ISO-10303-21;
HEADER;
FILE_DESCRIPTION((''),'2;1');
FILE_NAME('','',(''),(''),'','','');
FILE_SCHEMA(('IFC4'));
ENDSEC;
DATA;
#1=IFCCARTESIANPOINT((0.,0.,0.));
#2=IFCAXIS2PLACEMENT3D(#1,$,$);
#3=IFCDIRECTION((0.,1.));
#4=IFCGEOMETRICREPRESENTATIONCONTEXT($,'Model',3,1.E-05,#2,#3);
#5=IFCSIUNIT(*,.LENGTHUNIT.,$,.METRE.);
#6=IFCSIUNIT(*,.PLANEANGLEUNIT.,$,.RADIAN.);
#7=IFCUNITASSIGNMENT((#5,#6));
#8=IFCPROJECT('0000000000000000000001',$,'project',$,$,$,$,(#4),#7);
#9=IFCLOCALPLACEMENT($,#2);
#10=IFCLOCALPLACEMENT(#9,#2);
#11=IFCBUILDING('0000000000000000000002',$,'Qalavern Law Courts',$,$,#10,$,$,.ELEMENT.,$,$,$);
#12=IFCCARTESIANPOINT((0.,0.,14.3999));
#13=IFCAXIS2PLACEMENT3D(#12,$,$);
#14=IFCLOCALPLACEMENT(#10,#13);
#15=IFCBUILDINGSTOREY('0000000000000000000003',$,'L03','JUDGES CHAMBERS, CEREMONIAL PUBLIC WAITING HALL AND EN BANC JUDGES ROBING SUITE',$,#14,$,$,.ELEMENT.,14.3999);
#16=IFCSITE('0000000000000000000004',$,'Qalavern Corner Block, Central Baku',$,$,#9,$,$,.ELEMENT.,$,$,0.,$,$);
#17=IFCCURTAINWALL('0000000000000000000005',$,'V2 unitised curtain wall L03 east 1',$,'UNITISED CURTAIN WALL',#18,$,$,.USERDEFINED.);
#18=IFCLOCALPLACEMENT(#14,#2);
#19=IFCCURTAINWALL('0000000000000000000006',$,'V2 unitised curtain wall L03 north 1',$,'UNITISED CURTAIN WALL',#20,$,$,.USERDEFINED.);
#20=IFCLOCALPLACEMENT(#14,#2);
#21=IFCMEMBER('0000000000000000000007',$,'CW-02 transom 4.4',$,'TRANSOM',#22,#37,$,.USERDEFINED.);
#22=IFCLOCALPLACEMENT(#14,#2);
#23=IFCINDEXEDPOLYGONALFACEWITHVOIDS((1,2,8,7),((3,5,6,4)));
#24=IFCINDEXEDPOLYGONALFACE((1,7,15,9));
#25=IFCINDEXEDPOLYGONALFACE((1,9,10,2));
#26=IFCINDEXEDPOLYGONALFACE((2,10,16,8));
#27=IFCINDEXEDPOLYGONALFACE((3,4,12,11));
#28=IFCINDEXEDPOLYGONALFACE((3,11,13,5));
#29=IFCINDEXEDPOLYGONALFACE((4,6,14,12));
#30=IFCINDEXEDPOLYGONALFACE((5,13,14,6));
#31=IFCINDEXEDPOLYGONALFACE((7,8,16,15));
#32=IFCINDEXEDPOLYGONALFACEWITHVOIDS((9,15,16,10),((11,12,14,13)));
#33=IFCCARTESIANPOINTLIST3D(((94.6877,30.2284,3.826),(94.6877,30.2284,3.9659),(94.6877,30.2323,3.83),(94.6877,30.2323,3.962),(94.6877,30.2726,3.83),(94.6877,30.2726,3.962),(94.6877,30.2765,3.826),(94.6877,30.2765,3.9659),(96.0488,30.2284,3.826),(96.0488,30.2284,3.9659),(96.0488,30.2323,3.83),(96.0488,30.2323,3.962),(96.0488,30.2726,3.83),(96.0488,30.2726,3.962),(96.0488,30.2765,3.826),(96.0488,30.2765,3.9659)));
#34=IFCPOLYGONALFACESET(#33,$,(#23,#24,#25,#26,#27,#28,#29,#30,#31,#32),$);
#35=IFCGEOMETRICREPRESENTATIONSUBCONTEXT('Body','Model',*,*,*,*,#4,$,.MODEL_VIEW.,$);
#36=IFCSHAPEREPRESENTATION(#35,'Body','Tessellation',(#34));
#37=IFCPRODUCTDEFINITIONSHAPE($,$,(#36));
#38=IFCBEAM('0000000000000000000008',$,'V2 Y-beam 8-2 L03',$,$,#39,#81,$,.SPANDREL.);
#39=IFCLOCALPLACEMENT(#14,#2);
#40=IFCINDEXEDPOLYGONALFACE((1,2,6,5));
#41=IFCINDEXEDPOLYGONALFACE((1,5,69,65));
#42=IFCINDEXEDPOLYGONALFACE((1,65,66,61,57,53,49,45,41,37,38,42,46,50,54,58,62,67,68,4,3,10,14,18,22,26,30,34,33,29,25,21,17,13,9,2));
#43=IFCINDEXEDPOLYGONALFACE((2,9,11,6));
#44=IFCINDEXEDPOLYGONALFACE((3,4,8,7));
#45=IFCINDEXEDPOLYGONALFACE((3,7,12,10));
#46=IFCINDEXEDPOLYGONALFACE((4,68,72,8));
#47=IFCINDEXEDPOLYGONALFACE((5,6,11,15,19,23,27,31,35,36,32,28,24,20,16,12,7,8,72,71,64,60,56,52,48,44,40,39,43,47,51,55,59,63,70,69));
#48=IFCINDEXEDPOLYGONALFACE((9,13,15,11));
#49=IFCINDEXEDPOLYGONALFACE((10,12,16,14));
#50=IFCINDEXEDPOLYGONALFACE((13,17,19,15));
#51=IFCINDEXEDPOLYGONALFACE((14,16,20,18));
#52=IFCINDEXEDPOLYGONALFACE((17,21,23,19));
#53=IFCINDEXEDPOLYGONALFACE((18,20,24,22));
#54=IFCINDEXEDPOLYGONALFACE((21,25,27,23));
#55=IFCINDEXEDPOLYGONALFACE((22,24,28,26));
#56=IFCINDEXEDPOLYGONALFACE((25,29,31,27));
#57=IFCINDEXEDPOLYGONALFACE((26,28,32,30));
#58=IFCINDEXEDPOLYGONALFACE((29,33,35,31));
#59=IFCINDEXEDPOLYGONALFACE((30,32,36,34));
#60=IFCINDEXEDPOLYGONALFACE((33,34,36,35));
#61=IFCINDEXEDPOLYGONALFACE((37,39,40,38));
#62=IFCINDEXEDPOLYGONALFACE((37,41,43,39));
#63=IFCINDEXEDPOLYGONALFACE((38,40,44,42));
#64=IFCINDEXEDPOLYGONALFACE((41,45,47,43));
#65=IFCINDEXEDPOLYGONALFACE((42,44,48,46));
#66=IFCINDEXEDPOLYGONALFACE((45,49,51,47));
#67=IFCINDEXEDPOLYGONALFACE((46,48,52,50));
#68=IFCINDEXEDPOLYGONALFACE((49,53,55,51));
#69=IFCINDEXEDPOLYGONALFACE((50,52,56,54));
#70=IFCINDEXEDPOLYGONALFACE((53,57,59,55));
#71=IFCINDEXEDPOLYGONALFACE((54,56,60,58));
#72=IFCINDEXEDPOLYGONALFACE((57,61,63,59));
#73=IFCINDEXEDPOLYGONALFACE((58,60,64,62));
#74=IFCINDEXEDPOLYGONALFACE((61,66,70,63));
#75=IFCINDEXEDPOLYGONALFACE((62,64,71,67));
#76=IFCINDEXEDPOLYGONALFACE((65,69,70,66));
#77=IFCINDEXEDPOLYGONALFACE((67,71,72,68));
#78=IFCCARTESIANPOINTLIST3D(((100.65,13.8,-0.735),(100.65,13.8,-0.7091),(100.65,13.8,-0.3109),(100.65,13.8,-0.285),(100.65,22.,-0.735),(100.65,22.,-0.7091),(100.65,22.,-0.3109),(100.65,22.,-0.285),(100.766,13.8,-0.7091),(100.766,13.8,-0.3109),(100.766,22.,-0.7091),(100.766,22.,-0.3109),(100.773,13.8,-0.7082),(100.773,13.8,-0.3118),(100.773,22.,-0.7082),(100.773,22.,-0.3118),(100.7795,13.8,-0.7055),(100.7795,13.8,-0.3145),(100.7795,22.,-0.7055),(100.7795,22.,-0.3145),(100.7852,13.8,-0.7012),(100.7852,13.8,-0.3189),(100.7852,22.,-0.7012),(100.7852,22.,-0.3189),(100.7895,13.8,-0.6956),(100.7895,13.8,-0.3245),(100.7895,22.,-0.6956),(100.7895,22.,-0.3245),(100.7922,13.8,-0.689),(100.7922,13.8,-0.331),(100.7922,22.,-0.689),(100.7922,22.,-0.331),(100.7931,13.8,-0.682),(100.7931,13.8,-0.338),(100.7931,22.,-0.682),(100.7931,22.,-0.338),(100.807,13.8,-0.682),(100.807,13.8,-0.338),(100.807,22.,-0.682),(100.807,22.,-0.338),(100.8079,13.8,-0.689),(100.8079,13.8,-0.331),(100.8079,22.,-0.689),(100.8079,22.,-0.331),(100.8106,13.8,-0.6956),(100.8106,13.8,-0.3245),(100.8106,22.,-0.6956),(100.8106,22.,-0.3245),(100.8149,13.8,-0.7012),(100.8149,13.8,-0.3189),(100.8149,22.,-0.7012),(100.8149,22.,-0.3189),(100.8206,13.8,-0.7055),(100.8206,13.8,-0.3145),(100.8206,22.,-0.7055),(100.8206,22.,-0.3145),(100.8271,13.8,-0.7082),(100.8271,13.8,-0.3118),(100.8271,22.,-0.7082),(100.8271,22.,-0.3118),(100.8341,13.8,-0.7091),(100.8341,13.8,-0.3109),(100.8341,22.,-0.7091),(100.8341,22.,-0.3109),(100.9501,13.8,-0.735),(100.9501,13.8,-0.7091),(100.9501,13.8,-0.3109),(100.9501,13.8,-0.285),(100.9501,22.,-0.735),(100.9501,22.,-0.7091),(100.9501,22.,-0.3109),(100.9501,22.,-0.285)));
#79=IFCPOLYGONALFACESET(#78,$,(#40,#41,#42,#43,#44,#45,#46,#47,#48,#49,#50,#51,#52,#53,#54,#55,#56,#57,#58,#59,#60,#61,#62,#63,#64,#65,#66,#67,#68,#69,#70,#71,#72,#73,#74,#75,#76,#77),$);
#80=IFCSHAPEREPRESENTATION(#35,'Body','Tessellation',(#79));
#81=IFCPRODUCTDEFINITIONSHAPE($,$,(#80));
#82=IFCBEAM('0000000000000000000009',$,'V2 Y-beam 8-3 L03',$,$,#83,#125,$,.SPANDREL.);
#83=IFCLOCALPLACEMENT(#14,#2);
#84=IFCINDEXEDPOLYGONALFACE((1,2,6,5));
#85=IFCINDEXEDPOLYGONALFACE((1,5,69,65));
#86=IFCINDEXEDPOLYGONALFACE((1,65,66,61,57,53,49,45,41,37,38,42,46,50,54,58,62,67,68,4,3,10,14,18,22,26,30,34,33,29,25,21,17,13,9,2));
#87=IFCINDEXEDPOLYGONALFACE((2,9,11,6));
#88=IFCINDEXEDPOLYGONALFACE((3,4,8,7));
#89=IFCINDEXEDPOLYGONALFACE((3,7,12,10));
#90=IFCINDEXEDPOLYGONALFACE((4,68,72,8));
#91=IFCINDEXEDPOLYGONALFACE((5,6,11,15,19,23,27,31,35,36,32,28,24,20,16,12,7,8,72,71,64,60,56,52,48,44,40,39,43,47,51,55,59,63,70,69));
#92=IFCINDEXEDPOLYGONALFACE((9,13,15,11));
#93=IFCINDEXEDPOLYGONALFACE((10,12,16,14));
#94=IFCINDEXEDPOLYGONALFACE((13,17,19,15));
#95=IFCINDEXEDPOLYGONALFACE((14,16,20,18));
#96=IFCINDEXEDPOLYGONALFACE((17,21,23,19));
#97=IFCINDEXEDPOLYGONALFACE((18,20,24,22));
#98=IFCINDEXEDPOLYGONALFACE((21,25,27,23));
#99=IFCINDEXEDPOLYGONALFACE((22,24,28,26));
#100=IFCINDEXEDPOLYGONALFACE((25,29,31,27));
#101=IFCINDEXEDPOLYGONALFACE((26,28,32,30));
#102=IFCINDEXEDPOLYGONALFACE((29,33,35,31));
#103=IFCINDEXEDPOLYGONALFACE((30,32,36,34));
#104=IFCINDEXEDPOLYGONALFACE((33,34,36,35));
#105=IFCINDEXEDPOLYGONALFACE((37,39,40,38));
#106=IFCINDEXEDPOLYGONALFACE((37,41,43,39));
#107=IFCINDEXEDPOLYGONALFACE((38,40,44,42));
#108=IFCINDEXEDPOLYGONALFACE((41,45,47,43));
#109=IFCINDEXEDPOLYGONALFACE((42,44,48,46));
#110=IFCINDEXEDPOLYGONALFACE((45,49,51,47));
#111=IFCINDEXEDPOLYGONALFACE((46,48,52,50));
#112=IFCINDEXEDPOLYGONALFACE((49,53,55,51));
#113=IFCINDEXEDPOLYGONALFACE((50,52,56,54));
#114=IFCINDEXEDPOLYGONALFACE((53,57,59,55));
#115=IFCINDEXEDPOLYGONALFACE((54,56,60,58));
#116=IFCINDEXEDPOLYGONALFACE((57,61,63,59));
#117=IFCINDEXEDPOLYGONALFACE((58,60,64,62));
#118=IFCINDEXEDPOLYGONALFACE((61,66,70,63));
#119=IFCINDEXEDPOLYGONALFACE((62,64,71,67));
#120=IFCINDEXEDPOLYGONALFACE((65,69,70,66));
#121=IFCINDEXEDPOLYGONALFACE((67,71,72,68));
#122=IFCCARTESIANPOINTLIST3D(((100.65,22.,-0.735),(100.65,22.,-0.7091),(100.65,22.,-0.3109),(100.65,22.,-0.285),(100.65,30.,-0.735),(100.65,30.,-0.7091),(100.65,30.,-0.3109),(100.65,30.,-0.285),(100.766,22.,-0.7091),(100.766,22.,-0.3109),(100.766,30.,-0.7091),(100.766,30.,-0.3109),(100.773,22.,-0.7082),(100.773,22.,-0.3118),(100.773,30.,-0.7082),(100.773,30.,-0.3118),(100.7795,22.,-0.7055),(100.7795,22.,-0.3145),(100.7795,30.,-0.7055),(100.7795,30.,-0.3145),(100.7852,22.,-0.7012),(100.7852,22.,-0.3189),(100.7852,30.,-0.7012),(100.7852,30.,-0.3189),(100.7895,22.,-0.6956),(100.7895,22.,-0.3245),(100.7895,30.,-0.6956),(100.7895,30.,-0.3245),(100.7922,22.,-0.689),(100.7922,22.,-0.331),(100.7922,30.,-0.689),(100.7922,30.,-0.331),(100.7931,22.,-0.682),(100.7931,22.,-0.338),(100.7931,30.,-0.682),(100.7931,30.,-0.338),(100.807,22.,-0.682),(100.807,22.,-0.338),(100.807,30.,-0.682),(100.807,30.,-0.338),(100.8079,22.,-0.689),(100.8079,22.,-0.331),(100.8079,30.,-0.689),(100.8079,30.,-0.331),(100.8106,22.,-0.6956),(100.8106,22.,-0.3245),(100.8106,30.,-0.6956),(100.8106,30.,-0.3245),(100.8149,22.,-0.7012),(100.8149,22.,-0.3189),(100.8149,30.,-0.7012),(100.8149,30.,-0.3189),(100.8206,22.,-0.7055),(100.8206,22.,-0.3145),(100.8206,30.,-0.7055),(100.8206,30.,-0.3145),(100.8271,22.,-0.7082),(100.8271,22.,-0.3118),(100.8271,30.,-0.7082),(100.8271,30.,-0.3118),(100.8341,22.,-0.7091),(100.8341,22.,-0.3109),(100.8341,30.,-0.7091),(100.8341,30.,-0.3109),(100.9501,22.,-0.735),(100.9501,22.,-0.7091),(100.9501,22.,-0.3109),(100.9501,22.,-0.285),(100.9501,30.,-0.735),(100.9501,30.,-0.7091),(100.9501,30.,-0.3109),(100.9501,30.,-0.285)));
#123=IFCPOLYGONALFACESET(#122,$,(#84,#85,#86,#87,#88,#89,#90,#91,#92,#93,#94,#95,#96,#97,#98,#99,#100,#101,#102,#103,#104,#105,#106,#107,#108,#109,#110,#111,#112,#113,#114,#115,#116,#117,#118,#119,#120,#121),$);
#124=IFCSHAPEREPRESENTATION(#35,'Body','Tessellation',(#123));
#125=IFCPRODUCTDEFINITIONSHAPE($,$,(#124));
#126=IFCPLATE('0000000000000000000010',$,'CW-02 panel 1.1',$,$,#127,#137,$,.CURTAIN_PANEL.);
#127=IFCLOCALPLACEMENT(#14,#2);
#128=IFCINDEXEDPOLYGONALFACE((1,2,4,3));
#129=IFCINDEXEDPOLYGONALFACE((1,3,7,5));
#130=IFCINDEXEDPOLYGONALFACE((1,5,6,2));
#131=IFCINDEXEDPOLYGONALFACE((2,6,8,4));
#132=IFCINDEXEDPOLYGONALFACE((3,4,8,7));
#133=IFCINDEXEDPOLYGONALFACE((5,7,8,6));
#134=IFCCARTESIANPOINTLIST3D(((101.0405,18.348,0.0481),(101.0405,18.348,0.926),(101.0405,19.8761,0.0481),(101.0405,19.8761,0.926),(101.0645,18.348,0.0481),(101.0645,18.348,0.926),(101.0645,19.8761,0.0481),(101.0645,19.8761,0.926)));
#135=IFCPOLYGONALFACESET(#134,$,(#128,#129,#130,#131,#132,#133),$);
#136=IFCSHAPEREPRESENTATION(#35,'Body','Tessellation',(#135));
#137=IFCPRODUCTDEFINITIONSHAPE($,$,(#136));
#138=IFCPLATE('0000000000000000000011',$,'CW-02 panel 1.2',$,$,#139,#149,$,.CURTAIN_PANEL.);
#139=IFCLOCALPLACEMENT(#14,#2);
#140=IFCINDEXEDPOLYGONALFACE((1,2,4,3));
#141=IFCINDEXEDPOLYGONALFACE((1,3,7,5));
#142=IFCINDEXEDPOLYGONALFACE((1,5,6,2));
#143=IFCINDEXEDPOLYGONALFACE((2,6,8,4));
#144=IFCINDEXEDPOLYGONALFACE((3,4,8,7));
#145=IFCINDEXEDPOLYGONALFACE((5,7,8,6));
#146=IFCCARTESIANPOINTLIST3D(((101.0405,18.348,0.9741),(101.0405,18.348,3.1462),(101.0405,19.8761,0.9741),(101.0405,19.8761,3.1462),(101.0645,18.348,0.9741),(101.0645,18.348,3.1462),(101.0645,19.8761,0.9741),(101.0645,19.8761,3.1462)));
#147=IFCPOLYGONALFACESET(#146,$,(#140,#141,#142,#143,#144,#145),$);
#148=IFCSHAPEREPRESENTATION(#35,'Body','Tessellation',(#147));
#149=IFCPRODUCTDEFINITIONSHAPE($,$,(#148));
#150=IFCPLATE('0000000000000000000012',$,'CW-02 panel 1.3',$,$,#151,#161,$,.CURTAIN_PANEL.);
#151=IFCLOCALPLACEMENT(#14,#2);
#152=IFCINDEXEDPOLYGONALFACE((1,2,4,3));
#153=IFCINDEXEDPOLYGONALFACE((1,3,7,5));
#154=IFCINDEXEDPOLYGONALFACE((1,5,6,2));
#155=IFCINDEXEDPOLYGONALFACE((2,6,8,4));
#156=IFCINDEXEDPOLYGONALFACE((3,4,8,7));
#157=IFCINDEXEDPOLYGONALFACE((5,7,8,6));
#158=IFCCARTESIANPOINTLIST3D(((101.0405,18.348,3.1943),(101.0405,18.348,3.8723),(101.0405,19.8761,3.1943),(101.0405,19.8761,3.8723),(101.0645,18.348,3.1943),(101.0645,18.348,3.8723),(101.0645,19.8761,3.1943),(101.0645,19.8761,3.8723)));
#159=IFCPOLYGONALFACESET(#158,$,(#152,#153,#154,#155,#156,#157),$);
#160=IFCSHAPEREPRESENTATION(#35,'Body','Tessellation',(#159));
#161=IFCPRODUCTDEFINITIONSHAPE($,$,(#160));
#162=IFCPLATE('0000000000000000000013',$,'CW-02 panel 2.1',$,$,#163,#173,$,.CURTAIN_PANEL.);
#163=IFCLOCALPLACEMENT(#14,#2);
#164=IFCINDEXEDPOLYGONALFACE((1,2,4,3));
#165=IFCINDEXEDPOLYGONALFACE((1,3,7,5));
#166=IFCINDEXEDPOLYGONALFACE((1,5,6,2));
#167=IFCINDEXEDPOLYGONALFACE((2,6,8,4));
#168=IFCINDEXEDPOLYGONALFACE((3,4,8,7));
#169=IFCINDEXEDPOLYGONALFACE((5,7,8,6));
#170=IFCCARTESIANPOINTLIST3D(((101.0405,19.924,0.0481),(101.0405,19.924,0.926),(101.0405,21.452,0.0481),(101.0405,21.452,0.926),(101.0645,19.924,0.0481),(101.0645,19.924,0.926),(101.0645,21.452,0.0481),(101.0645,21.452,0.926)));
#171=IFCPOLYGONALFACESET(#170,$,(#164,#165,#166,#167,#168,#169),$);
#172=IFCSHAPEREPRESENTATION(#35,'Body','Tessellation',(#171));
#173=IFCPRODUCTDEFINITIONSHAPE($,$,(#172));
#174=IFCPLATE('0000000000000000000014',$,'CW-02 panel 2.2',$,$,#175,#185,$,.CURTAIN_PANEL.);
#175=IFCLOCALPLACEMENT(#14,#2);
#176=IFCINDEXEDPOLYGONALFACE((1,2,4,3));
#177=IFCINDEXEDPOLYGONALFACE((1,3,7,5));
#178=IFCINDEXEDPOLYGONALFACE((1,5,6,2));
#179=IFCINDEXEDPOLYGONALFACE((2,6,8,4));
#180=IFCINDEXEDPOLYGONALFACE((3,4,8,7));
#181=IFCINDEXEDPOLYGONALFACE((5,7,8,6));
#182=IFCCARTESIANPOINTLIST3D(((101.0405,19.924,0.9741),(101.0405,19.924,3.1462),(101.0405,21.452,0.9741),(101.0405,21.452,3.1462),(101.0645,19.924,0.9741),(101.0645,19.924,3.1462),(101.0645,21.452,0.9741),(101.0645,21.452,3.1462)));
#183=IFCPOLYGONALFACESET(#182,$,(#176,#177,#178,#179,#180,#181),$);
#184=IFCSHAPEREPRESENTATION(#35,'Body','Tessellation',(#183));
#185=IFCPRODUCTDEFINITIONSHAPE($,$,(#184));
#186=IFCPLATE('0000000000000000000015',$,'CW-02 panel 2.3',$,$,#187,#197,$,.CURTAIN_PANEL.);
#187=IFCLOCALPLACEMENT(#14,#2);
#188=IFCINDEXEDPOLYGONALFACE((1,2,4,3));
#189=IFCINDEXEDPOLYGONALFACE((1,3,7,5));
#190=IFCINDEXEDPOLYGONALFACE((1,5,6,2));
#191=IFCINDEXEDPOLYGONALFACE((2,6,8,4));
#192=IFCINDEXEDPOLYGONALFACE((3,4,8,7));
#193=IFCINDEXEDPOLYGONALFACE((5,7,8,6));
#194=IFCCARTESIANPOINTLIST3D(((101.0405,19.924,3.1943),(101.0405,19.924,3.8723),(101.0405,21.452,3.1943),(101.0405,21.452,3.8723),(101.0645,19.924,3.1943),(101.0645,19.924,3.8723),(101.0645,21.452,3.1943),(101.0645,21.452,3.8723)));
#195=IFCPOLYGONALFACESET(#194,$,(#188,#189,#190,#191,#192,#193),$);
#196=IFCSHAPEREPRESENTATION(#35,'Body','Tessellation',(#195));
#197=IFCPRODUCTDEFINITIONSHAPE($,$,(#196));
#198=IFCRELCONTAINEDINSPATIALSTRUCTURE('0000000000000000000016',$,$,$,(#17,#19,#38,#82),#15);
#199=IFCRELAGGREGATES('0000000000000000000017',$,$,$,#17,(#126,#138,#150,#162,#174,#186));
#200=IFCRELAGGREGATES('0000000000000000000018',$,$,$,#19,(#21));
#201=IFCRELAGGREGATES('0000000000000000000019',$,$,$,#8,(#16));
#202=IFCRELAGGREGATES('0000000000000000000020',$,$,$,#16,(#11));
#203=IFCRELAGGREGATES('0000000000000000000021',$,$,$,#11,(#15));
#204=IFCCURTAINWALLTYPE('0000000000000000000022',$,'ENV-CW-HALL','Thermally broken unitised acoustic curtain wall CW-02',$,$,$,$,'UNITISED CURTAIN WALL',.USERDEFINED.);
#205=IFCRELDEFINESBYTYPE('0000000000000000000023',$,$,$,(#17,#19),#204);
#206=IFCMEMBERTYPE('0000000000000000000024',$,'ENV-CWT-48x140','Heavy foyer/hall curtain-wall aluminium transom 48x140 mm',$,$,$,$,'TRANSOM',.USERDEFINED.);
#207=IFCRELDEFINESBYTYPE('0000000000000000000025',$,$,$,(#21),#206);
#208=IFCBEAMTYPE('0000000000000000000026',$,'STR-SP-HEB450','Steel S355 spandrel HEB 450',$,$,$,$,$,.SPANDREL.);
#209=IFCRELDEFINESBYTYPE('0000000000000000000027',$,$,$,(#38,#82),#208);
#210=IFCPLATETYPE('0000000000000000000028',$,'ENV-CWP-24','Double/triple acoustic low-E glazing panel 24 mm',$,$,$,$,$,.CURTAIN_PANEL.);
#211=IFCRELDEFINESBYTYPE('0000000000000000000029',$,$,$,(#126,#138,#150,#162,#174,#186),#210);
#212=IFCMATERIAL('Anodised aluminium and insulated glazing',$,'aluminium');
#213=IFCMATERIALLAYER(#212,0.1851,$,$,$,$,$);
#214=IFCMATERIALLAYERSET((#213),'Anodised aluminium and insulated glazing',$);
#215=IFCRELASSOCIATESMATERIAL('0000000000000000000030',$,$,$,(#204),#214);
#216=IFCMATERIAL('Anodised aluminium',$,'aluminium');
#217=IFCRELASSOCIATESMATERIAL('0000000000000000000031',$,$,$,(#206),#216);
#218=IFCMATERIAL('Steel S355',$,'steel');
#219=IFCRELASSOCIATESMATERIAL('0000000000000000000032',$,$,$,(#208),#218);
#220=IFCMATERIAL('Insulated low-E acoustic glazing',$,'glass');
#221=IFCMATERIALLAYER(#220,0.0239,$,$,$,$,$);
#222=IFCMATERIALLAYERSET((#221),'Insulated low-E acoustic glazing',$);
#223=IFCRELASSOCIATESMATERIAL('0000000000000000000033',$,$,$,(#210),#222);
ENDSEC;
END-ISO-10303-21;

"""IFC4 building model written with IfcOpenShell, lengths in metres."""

from ifc_helpers import new_model, si_unit, direction, frame, origin, origin_2d, place, context, subcontext, project, spatial, rectangle, hollow_rectangle, i_section, extrude, material, layer, layer_set, material_profile, profile_set, type_object, element, aggregate, save


model = new_model("IFC4")

# Units and contexts
model_context = context("Model", 3, precision=1e-05, world=origin(), true_north=direction((0.0, 1.0)))
body_context = subcontext(model_context, "Body", "Model", "MODEL_VIEW")
ifc_project = project(units=[si_unit("LENGTHUNIT", "METRE"), si_unit("PLANEANGLEUNIT", "RADIAN")], contexts=[model_context])

# Site, building, storey
site_placement = place(None, origin())
site = spatial("IfcSite", under=ifc_project, at=site_placement, Name="Qalavern Corner Block, Central Baku", CompositionType="ELEMENT", RefElevation=0.0)
building_placement = place(site_placement, origin())
building = spatial("IfcBuilding", under=site, at=building_placement, Name="Qalavern Law Courts", CompositionType="ELEMENT")
storey_placement = place(building_placement, frame((0.0, 0.0, 14.3999)))
storey = spatial("IfcBuildingStorey", under=building, at=storey_placement, Name="L03", Description="JUDGES CHAMBERS, CEREMONIAL PUBLIC WAITING HALL AND EN BANC JUDGES ROBING SUITE", CompositionType="ELEMENT", Elevation=14.3999)

# Curtain walls
ifc_material_1 = material(Name="Anodised aluminium and insulated glazing", Category="aluminium")
ifc_layer_1 = layer(ifc_material_1, 0.1851)
ifc_layer_set_1 = layer_set([ifc_layer_1], Name="Anodised aluminium and insulated glazing")
curtain_wall_type = type_object("IfcCurtainWallType", Name="ENV-CW-HALL", Description="Thermally broken unitised acoustic curtain wall CW-02", ElementType="UNITISED CURTAIN WALL", PredefinedType="USERDEFINED", material=ifc_layer_set_1)
curtain_wall_1_placement = place(storey_placement, origin())
curtain_wall_1 = element("IfcCurtainWall", 1, at=curtain_wall_1_placement, inside=storey, type_object=curtain_wall_type, Name="V2 unitised curtain wall L03 east 1", ObjectType="UNITISED CURTAIN WALL", PredefinedType="USERDEFINED")
ifc_material_2 = material(Name="Anodised aluminium", Category="aluminium")
curtain_wall_2_placement = place(storey_placement, origin())
curtain_wall_2 = element("IfcCurtainWall", 2, at=curtain_wall_2_placement, inside=storey, type_object=curtain_wall_type, Name="V2 unitised curtain wall L03 north 1", ObjectType="UNITISED CURTAIN WALL", PredefinedType="USERDEFINED")

# Member
ifc_material_profile_1 = material_profile(ifc_material_2, hollow_rectangle(XDim=0.0481, YDim=0.1399, WallThickness=0.0039, at=origin_2d()), Name="ALU TRANSOM 48x140")
ifc_profile_set_1 = profile_set([ifc_material_profile_1], Name="Anodised aluminium")
member_type_1 = type_object("IfcMemberType", Name="ENV-CWT-48x140", Description="Heavy foyer/hall curtain-wall aluminium transom 48x140 mm", ElementType="TRANSOM", PredefinedType="USERDEFINED", material=ifc_profile_set_1)
member_1_placement = place(storey_placement, frame((96.0488, 30.2524, 3.896), z_axis=(-1.0, 0.0, 0.0), x_axis=(0.0, -1.0, 0.0)))
member_1 = element("IfcMember", 3, at=member_1_placement, type_object=member_type_1, Name="CW-02 transom 4.4", ObjectType="TRANSOM", PredefinedType="USERDEFINED", context=body_context, shape_type="SweptSolid", body=[
    extrude(hollow_rectangle(XDim=0.0481, YDim=0.1399, WallThickness=0.0039, at=origin_2d()), origin(), (0.0, 0.0, 1.0), 1.3611),
])

# Beams
ifc_material_3 = material(Name="Steel S355", Category="steel")
ifc_material_profile_2 = material_profile(ifc_material_3, i_section(OverallWidth=0.3, OverallDepth=0.45, WebThickness=0.0139, FlangeThickness=0.0259, FilletRadius=0.0271, at=origin_2d()), Name="HEB 450")
ifc_profile_set_2 = profile_set([ifc_material_profile_2], Name="Steel S355")
beam_type = type_object("IfcBeamType", Name="STR-SP-HEB450", Description="Steel S355 spandrel HEB 450", PredefinedType="SPANDREL", material=ifc_profile_set_2)
beam_1_placement = place(storey_placement, frame((100.8, 13.8, -0.51), z_axis=(0.0, 1.0, 0.0), x_axis=(-1.0, 0.0, 0.0)))
element("IfcBeam", 4, at=beam_1_placement, inside=storey, type_object=beam_type, Name="V2 Y-beam 8-2 L03", PredefinedType="SPANDREL", context=body_context, shape_type="SweptSolid", body=[
    extrude(i_section(OverallWidth=0.3, OverallDepth=0.45, WebThickness=0.0139, FlangeThickness=0.0259, FilletRadius=0.0271, at=origin_2d()), origin(), (0.0, 0.0, 1.0), 8.2),
])
beam_2_placement = place(storey_placement, frame((100.8, 22.0, -0.51), z_axis=(0.0, 1.0, 0.0), x_axis=(-1.0, 0.0, 0.0)))
element("IfcBeam", 5, at=beam_2_placement, inside=storey, type_object=beam_type, Name="V2 Y-beam 8-3 L03", PredefinedType="SPANDREL", context=body_context, shape_type="SweptSolid", body=[
    extrude(i_section(OverallWidth=0.3, OverallDepth=0.45, WebThickness=0.0139, FlangeThickness=0.0259, FilletRadius=0.0271, at=origin_2d()), origin(), (0.0, 0.0, 1.0), 8.0),
])

# Plates
ifc_material_4 = material(Name="Insulated low-E acoustic glazing", Category="glass")
ifc_layer_2 = layer(ifc_material_4, 0.0239)
ifc_layer_set_2 = layer_set([ifc_layer_2], Name="Insulated low-E acoustic glazing")
plate_type_1 = type_object("IfcPlateType", Name="ENV-CWP-24", Description="Double/triple acoustic low-E glazing panel 24 mm", PredefinedType="CURTAIN_PANEL", material=ifc_layer_set_2)
plate_1_placement = place(storey_placement, frame((101.0525, 19.1121, 0.0481), z_axis=(0.0, 0.0, 1.0), x_axis=(0.0, 1.0, 0.0)))
plate_1 = element("IfcPlate", 6, at=plate_1_placement, type_object=plate_type_1, Name="CW-02 panel 1.1", PredefinedType="CURTAIN_PANEL", context=body_context, shape_type="SweptSolid", body=[
    extrude(rectangle(XDim=1.5281, YDim=0.0239, at=origin_2d()), origin(), (0.0, 0.0, 1.0), 0.8779),
])
plate_2_placement = place(storey_placement, frame((101.0525, 19.1121, 0.9741), z_axis=(0.0, 0.0, 1.0), x_axis=(0.0, 1.0, 0.0)))
plate_2 = element("IfcPlate", 7, at=plate_2_placement, type_object=plate_type_1, Name="CW-02 panel 1.2", PredefinedType="CURTAIN_PANEL", context=body_context, shape_type="SweptSolid", body=[
    extrude(rectangle(XDim=1.5281, YDim=0.0239, at=origin_2d()), origin(), (0.0, 0.0, 1.0), 2.1721),
])
plate_3_placement = place(storey_placement, frame((101.0525, 19.1121, 3.1943), z_axis=(0.0, 0.0, 1.0), x_axis=(0.0, 1.0, 0.0)))
plate_3 = element("IfcPlate", 8, at=plate_3_placement, type_object=plate_type_1, Name="CW-02 panel 1.3", PredefinedType="CURTAIN_PANEL", context=body_context, shape_type="SweptSolid", body=[
    extrude(rectangle(XDim=1.5281, YDim=0.0239, at=origin_2d()), origin(), (0.0, 0.0, 1.0), 0.678),
])
plate_4_placement = place(storey_placement, frame((101.0525, 20.688, 0.0481), z_axis=(0.0, 0.0, 1.0), x_axis=(0.0, 1.0, 0.0)))
plate_4 = element("IfcPlate", 9, at=plate_4_placement, type_object=plate_type_1, Name="CW-02 panel 2.1", PredefinedType="CURTAIN_PANEL", context=body_context, shape_type="SweptSolid", body=[
    extrude(rectangle(XDim=1.5281, YDim=0.0239, at=origin_2d()), origin(), (0.0, 0.0, 1.0), 0.8779),
])
plate_5_placement = place(storey_placement, frame((101.0525, 20.688, 0.9741), z_axis=(0.0, 0.0, 1.0), x_axis=(0.0, 1.0, 0.0)))
plate_5 = element("IfcPlate", 10, at=plate_5_placement, type_object=plate_type_1, Name="CW-02 panel 2.2", PredefinedType="CURTAIN_PANEL", context=body_context, shape_type="SweptSolid", body=[
    extrude(rectangle(XDim=1.5281, YDim=0.0239, at=origin_2d()), origin(), (0.0, 0.0, 1.0), 2.1721),
])
plate_6_placement = place(storey_placement, frame((101.0525, 20.688, 3.1943), z_axis=(0.0, 0.0, 1.0), x_axis=(0.0, 1.0, 0.0)))
plate_6 = element("IfcPlate", 11, at=plate_6_placement, type_object=plate_type_1, Name="CW-02 panel 2.3", PredefinedType="CURTAIN_PANEL", context=body_context, shape_type="SweptSolid", body=[
    extrude(rectangle(XDim=1.5281, YDim=0.0239, at=origin_2d()), origin(), (0.0, 0.0, 1.0), 0.678),
])
aggregate(curtain_wall_1, [plate_1, plate_2, plate_3, plate_4, plate_5, plate_6])
aggregate(curtain_wall_2, [member_1])

save(model, "model.ifc")
